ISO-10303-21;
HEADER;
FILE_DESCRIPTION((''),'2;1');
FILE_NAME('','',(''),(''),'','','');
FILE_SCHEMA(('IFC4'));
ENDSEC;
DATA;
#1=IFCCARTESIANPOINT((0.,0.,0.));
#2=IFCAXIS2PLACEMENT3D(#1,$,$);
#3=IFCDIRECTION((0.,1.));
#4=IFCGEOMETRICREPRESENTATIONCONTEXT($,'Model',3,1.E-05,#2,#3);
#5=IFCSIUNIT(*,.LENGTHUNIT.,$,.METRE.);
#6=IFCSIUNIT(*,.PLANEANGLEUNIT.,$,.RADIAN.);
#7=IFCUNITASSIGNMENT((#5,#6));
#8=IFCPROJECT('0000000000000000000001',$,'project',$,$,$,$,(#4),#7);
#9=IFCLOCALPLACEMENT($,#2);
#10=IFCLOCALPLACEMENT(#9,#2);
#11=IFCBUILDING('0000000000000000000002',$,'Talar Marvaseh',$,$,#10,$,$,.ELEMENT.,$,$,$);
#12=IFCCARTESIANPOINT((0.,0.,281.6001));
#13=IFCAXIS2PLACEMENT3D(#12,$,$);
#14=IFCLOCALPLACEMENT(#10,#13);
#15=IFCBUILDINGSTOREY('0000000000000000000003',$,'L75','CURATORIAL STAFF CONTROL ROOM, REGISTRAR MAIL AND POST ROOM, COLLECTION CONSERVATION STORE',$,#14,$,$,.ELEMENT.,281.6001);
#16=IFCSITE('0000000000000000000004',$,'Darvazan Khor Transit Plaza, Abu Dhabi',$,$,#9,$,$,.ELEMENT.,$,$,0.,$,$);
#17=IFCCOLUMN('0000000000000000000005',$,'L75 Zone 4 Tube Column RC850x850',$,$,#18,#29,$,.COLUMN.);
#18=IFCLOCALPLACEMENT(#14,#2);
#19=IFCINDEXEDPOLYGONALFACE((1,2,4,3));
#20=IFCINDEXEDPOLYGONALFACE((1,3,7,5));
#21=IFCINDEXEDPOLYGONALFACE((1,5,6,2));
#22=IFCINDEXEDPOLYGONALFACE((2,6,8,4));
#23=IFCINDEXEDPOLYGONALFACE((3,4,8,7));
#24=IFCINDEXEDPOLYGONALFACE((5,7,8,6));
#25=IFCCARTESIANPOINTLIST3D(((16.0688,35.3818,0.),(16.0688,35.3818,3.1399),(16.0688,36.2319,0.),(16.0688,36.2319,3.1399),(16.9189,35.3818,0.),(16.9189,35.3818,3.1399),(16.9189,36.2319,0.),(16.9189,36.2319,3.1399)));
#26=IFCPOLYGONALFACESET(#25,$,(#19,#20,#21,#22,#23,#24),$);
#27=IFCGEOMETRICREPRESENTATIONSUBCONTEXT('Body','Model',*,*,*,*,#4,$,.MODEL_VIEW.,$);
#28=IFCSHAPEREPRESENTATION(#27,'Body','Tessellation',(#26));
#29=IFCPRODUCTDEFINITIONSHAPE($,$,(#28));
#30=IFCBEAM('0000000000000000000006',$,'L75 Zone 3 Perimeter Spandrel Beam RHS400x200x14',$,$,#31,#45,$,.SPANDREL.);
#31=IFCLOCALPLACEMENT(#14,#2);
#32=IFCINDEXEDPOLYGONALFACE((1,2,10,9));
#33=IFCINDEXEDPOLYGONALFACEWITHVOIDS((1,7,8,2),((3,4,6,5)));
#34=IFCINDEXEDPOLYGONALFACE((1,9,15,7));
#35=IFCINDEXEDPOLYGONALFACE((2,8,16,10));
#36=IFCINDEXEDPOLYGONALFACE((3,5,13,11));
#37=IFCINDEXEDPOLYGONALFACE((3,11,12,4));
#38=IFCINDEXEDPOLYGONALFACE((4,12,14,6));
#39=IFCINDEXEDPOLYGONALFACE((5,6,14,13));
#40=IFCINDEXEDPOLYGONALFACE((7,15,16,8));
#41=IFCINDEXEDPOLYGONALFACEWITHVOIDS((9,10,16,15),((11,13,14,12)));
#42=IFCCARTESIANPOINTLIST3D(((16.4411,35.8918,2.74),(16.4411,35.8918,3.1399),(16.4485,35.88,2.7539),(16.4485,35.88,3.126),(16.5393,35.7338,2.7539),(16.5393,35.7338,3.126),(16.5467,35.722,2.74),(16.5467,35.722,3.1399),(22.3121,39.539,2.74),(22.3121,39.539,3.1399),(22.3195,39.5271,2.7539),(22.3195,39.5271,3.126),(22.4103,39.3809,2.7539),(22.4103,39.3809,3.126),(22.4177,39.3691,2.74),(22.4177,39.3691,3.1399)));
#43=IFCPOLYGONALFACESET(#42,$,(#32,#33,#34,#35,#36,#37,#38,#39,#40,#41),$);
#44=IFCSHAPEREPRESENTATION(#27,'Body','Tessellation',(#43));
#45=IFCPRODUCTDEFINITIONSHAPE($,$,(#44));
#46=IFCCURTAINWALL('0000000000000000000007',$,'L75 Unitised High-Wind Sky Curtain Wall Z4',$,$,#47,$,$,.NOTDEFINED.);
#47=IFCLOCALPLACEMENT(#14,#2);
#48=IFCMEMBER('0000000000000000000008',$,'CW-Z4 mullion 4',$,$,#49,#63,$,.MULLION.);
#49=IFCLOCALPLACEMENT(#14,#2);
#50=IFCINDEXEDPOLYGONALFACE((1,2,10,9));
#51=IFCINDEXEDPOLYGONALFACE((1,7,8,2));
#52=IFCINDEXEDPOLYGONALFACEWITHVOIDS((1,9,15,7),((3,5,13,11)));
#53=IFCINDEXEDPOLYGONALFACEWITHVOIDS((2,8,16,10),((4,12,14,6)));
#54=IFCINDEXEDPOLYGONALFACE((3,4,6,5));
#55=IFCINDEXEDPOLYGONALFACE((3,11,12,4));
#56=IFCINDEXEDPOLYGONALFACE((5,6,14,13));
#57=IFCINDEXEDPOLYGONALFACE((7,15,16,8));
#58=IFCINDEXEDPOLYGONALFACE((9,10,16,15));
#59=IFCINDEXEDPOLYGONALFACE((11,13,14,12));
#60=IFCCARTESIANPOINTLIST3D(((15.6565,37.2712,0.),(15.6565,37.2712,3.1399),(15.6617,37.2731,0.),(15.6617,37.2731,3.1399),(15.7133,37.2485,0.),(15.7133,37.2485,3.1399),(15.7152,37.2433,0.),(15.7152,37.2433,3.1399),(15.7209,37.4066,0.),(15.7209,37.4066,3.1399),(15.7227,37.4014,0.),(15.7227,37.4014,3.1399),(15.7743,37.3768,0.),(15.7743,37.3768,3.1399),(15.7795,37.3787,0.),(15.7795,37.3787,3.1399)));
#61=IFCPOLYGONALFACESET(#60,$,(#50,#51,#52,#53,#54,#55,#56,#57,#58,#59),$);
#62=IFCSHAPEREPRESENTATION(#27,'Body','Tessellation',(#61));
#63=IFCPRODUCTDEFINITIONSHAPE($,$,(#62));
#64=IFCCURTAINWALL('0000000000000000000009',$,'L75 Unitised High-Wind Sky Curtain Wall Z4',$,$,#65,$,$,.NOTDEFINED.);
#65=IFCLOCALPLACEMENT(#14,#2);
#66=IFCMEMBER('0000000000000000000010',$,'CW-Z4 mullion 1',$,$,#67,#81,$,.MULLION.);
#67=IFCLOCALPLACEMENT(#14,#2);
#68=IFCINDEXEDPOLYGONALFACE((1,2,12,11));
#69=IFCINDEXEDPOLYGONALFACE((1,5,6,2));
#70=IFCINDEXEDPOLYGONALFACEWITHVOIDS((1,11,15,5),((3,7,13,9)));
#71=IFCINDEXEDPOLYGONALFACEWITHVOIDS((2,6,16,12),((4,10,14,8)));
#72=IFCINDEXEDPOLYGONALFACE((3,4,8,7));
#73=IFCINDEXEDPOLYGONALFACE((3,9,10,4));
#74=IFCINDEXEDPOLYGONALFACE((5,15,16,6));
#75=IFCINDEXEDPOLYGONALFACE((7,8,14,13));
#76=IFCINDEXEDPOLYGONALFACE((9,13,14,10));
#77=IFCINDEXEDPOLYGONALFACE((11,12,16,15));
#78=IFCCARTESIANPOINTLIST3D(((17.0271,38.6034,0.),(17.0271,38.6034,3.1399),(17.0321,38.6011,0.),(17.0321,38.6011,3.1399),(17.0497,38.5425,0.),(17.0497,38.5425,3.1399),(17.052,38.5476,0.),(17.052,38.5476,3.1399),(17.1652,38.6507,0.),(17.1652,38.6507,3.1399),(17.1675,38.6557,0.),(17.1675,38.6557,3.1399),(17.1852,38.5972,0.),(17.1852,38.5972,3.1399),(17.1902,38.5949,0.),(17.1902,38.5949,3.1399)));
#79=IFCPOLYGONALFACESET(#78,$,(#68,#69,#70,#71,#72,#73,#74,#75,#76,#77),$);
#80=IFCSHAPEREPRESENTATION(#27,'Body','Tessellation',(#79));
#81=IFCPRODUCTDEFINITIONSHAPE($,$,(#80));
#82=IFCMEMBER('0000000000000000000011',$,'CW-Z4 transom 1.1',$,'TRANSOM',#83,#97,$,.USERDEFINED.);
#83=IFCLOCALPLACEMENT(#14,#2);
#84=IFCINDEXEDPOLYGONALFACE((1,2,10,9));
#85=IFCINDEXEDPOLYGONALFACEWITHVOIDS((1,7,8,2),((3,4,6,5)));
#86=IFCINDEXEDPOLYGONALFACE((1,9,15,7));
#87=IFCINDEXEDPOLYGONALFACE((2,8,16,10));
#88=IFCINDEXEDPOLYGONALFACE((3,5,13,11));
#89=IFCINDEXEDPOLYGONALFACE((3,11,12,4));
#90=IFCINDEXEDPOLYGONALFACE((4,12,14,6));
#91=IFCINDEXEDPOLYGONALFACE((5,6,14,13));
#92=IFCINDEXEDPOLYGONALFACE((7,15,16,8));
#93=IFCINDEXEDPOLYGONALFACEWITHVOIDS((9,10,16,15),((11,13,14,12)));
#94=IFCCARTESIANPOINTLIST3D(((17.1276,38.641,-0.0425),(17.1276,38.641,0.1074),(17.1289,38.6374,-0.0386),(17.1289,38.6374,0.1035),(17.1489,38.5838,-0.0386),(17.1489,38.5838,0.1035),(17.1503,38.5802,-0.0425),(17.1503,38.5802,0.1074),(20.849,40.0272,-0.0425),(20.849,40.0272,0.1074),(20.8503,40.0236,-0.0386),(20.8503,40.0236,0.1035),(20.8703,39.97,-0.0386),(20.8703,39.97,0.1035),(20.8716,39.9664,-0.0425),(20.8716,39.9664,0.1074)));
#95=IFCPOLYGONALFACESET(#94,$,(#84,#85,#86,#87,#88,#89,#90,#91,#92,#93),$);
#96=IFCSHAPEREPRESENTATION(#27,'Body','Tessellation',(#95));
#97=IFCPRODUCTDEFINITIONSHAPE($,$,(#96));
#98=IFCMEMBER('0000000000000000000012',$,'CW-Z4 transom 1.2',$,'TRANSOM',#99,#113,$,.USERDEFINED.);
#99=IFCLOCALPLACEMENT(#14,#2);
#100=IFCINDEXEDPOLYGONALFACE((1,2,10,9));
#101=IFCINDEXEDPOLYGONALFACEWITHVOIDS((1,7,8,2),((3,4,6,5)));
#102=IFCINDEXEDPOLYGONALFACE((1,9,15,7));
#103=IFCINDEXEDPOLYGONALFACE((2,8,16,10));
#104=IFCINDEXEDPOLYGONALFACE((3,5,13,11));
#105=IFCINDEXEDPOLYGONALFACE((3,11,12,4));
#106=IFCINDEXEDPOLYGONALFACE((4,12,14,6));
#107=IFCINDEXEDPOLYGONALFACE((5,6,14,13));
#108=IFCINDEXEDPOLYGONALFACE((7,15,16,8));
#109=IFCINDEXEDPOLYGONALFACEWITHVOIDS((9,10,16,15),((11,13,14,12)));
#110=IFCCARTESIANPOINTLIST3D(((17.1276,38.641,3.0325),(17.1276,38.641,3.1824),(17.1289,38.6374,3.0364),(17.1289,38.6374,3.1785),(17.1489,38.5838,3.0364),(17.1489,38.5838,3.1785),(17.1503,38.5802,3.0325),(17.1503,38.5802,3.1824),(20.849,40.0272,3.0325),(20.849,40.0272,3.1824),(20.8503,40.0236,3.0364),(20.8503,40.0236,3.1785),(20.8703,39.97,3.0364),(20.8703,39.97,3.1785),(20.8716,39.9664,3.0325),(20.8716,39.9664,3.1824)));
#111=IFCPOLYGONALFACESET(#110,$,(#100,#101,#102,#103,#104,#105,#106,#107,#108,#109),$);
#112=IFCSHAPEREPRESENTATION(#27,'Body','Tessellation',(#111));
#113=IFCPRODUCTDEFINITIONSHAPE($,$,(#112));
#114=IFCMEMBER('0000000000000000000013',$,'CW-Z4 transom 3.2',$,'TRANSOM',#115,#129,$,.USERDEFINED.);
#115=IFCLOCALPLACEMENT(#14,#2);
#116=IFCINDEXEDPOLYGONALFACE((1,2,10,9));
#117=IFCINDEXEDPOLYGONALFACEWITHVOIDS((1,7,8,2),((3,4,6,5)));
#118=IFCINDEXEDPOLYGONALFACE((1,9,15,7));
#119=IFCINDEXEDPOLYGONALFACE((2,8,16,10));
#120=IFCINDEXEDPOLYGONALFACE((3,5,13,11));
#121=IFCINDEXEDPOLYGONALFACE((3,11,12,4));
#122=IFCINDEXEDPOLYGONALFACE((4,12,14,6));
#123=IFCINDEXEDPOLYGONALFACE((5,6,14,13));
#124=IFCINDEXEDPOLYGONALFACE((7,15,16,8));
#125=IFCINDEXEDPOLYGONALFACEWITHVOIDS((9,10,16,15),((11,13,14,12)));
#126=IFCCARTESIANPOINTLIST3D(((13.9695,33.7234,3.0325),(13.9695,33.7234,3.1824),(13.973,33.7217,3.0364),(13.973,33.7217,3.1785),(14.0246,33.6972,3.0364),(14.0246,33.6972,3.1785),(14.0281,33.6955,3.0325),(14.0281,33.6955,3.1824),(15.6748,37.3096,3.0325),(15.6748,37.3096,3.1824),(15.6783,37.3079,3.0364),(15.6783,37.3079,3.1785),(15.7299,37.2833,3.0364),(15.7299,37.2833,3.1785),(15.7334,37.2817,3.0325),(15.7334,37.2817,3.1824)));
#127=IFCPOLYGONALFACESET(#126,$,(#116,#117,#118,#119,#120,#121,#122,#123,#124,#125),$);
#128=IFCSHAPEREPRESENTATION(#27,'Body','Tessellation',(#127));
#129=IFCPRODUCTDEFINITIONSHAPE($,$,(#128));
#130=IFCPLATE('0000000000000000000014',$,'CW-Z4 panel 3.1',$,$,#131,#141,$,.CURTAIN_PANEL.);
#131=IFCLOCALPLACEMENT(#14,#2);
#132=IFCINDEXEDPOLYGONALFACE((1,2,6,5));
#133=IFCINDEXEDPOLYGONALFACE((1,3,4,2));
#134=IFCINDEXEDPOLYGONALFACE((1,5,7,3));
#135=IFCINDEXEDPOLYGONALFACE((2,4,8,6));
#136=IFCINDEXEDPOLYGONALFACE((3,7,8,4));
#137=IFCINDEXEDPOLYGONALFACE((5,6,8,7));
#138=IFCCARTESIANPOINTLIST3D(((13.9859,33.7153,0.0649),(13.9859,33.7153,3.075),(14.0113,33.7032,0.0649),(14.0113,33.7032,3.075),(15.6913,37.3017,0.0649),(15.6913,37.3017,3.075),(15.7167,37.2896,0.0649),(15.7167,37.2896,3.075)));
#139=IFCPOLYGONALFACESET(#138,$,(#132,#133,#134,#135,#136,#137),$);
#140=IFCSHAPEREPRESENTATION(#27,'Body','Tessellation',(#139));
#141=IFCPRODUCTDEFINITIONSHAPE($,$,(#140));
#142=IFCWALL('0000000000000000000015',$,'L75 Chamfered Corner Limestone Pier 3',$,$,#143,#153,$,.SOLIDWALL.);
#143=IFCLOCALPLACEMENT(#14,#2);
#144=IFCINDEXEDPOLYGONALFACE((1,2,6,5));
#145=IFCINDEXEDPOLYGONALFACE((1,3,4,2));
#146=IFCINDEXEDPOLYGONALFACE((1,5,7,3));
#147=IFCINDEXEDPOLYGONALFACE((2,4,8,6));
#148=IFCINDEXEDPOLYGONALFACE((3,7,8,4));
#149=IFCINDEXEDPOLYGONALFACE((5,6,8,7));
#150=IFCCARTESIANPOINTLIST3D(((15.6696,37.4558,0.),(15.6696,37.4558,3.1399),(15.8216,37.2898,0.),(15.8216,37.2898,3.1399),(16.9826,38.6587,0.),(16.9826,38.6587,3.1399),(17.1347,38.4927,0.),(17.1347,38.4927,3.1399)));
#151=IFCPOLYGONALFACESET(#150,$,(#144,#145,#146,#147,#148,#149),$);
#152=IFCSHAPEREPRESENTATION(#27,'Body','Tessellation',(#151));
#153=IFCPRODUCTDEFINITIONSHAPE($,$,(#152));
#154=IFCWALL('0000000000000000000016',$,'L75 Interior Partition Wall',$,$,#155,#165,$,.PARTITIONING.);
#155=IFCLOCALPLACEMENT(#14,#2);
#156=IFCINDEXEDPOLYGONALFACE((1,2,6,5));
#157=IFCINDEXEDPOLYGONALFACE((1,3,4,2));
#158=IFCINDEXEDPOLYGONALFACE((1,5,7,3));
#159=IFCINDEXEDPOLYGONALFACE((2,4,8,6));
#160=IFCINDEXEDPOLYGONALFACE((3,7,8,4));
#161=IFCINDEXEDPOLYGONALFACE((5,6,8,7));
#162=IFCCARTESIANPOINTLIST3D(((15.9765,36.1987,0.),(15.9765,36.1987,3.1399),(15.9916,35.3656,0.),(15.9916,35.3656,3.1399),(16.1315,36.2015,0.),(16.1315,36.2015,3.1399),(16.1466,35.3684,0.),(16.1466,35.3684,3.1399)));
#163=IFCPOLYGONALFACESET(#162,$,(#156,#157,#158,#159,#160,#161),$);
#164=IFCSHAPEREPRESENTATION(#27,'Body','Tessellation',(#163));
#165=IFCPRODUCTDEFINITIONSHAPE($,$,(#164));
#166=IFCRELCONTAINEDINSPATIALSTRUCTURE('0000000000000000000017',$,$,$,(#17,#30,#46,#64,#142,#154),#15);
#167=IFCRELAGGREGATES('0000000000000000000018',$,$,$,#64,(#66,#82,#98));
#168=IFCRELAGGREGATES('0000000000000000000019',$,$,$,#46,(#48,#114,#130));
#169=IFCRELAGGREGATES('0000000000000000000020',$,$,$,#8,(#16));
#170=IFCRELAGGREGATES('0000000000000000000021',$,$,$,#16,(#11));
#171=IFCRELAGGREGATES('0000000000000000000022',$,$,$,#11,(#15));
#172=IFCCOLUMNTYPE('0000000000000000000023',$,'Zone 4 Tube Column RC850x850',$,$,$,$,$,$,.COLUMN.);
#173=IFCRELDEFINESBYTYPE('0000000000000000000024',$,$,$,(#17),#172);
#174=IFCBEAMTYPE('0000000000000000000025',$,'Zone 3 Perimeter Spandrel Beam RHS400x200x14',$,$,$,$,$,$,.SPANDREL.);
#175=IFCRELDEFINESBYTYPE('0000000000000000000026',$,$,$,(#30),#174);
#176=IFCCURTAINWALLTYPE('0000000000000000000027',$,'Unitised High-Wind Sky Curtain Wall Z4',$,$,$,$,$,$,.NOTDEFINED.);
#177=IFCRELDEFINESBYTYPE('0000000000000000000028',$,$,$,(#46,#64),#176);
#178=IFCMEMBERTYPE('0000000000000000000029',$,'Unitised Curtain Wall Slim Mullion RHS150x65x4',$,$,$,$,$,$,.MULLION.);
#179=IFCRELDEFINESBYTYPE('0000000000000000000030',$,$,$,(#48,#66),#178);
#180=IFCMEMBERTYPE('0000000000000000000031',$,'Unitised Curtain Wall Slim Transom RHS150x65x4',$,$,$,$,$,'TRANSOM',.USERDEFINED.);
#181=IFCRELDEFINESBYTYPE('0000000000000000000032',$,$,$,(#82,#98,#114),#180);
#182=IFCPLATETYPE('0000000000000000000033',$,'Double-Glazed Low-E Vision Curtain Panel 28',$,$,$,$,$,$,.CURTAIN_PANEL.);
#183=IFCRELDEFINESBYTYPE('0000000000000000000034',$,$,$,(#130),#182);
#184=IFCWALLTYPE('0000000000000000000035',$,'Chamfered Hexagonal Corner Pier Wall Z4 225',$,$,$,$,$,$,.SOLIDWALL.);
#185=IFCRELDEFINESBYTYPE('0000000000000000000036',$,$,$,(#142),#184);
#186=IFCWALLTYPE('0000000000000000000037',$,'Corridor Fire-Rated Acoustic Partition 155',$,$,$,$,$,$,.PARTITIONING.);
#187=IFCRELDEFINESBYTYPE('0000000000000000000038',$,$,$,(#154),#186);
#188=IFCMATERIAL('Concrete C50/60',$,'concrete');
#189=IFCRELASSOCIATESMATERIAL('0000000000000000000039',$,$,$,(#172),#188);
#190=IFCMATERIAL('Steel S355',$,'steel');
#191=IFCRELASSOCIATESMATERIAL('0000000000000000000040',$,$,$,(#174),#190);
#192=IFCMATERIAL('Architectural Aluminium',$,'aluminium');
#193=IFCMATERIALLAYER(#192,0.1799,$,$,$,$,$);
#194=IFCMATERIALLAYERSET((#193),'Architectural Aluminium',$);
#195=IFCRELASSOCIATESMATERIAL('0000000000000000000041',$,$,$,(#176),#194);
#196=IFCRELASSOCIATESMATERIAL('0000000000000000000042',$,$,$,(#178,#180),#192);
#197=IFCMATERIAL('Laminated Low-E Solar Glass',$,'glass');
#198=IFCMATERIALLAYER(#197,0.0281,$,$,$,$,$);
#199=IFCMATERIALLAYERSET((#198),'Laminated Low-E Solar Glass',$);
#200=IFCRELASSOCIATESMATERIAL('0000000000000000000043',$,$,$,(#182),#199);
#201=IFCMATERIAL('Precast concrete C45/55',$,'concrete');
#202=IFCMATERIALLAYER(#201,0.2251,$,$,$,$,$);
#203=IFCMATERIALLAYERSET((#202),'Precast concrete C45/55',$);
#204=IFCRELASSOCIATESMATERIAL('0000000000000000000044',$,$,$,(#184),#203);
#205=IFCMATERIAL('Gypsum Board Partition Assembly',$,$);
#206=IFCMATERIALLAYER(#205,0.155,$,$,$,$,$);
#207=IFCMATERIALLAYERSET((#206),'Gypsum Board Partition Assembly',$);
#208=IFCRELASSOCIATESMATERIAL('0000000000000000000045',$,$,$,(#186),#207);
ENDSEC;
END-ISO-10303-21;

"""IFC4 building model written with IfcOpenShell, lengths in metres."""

from ifc_helpers import new_model, si_unit, direction, frame, frame_2d, origin, origin_2d, place, context, subcontext, project, spatial, rectangle, hollow_rectangle, extrude, source, transform, mapped, material, layer, layer_set, material_profile, profile_set, type_object, type_shapes, element, aggregate, save


model = new_model("IFC4")

# Units and contexts
model_context = context("Model", 3, precision=1e-05, world=origin(), true_north=direction((0.0, 1.0)))
body_context = subcontext(model_context, "Body", "Model", "MODEL_VIEW")
ifc_project = project(units=[si_unit("LENGTHUNIT", "METRE"), si_unit("PLANEANGLEUNIT", "RADIAN")], contexts=[model_context])

# Site, building, storey
site_placement = place(None, origin())
site = spatial("IfcSite", under=ifc_project, at=site_placement, Name="Darvazan Khor Transit Plaza, Abu Dhabi", CompositionType="ELEMENT", RefElevation=0.0)
building_placement = place(site_placement, origin())
building = spatial("IfcBuilding", under=site, at=building_placement, Name="Talar Marvaseh", CompositionType="ELEMENT")
storey_placement = place(building_placement, frame((0.0, 0.0, 281.6001)))
storey = spatial("IfcBuildingStorey", under=building, at=storey_placement, Name="L75", Description="CURATORIAL STAFF CONTROL ROOM, REGISTRAR MAIL AND POST ROOM, COLLECTION CONSERVATION STORE", CompositionType="ELEMENT", Elevation=281.6001)

# Column
ifc_material_1 = material(Name="Concrete C50/60", Category="concrete")
ifc_material_profile_1 = material_profile(ifc_material_1, rectangle(XDim=0.8501, YDim=0.8501, at=origin_2d()), Name="RC850x850")
ifc_profile_set_1 = profile_set([ifc_material_profile_1], Name="Concrete C50/60")
column_type = type_object("IfcColumnType", Name="Zone 4 Tube Column RC850x850", PredefinedType="COLUMN", material=ifc_profile_set_1)
column_placement = place(storey_placement, frame((16.4939, 35.8069, 0.0), z_axis=(0.0, 0.0, 1.0), x_axis=(1.0, 0.0, 0.0)))
element("IfcColumn", 1, at=column_placement, inside=storey, type_object=column_type, Name="L75 Zone 4 Tube Column RC850x850", PredefinedType="COLUMN", context=body_context, shape_type="SweptSolid", body=[
    extrude(rectangle(XDim=0.8501, YDim=0.8501, at=origin_2d()), origin(), (0.0, 0.0, 1.0), 3.1399),
])

# Beam
ifc_material_2 = material(Name="Steel S355", Category="steel")
ifc_material_profile_2 = material_profile(ifc_material_2, hollow_rectangle(XDim=0.2, YDim=0.3999, WallThickness=0.0139, at=origin_2d()), Name="RHS400x200x14")
ifc_profile_set_2 = profile_set([ifc_material_profile_2], Name="Steel S355")
beam_type = type_object("IfcBeamType", Name="Zone 3 Perimeter Spandrel Beam RHS400x200x14", PredefinedType="SPANDREL", material=ifc_profile_set_2)
beam_placement = place(storey_placement, frame((16.4939, 35.8069, 2.9399), z_axis=(0.84944, 0.527686, 0.0), x_axis=(-0.527686, 0.84944, 0.0)))
element("IfcBeam", 2, at=beam_placement, inside=storey, type_object=beam_type, Name="L75 Zone 3 Perimeter Spandrel Beam RHS400x200x14", PredefinedType="SPANDREL", context=body_context, shape_type="SweptSolid", body=[
    extrude(hollow_rectangle(XDim=0.2, YDim=0.3999, WallThickness=0.0139, at=origin_2d()), origin(), (0.0, 0.0, 1.0), 6.9116),
])

# Curtain wall, member
ifc_material_3 = material(Name="Architectural Aluminium", Category="aluminium")
ifc_layer_1 = layer(ifc_material_3, 0.1799)
ifc_layer_set_1 = layer_set([ifc_layer_1], Name="Architectural Aluminium")
curtain_wall_type = type_object("IfcCurtainWallType", Name="Unitised High-Wind Sky Curtain Wall Z4", PredefinedType="NOTDEFINED", material=ifc_layer_set_1)
curtain_wall_1_placement = place(storey_placement, origin())
curtain_wall_1 = element("IfcCurtainWall", 3, at=curtain_wall_1_placement, inside=storey, type_object=curtain_wall_type, Name="L75 Unitised High-Wind Sky Curtain Wall Z4", PredefinedType="NOTDEFINED")
ifc_material_profile_3 = material_profile(ifc_material_3, hollow_rectangle(XDim=0.0649, YDim=0.1499, WallThickness=0.0039, at=origin_2d()), Name="RHS150x65x4")
ifc_profile_set_3 = profile_set([ifc_material_profile_3], Name="Architectural Aluminium")
member_type_1 = type_object("IfcMemberType", Name="Unitised Curtain Wall Slim Mullion RHS150x65x4", PredefinedType="MULLION", material=ifc_profile_set_3)
shared_shape_1 = source(origin(), body_context, "Body", "SweptSolid", [
    extrude(hollow_rectangle(XDim=0.0649, YDim=0.1499, WallThickness=0.0039, at=origin_2d()), origin(), (0.0, 0.0, 1.0), 3.1399),
])
type_shapes(member_type_1, [shared_shape_1])
member_1_placement = place(storey_placement, frame((15.718, 37.325, 0.0), z_axis=(0.0, 0.0, 1.0), x_axis=(-0.903096, 0.42944, 0.0)))
member_1 = element("IfcMember", 4, at=member_1_placement, type_object=member_type_1, Name="CW-Z4 mullion 4", PredefinedType="MULLION", context=body_context, shape_type="MappedRepresentation", body=[
    mapped(shared_shape_1, transform((0.0, 0.0, 0.0), x_axis=(1.0, 0.0, 0.0), y_axis=(0.0, 1.0, 0.0), z_axis=(0.0, 0.0, 1.0), scale=1.0)),
])

# Curtain wall, members
curtain_wall_2_placement = place(storey_placement, origin())
curtain_wall_2 = element("IfcCurtainWall", 5, at=curtain_wall_2_placement, inside=storey, type_object=curtain_wall_type, Name="L75 Unitised High-Wind Sky Curtain Wall Z4", PredefinedType="NOTDEFINED")
member_2_placement = place(storey_placement, frame((17.1086, 38.5991, 0.0), z_axis=(0.0, 0.0, 1.0), x_axis=(-0.349094, 0.937088, 0.0)))
member_2 = element("IfcMember", 6, at=member_2_placement, type_object=member_type_1, Name="CW-Z4 mullion 1", PredefinedType="MULLION", context=body_context, shape_type="MappedRepresentation", body=[
    mapped(shared_shape_1, transform((0.0, 0.0, 0.0), x_axis=(1.0, 0.0, 0.0), y_axis=(0.0, 1.0, 0.0), z_axis=(0.0, 0.0, 1.0), scale=1.0)),
])
ifc_material_profile_4 = material_profile(ifc_material_3, hollow_rectangle(XDim=0.0649, YDim=0.1499, WallThickness=0.0039, at=origin_2d()), Name="RHS150x65x4")
ifc_profile_set_4 = profile_set([ifc_material_profile_4], Name="Architectural Aluminium")
member_type_2 = type_object("IfcMemberType", Name="Unitised Curtain Wall Slim Transom RHS150x65x4", ElementType="TRANSOM", PredefinedType="USERDEFINED", material=ifc_profile_set_4)
shared_shape_2 = source(origin(), body_context, "Body", "SweptSolid", [
    extrude(hollow_rectangle(XDim=0.0649, YDim=0.1499, WallThickness=0.0039, at=origin_2d()), origin(), (0.0, 0.0, 1.0), 3.9712),
])
member_3_placement = place(storey_placement, frame((17.1389, 38.6106, 0.0325), z_axis=(0.937097, 0.349068, 0.0), x_axis=(-0.349068, 0.937097, 0.0)))
member_3 = element("IfcMember", 7, at=member_3_placement, type_object=member_type_2, Name="CW-Z4 transom 1.1", ObjectType="TRANSOM", PredefinedType="USERDEFINED", context=body_context, shape_type="MappedRepresentation", body=[
    mapped(shared_shape_2, transform((0.0, 0.0, 0.0), x_axis=(1.0, 0.0, 0.0), y_axis=(0.0, 1.0, 0.0), z_axis=(0.0, 0.0, 1.0), scale=1.0)),
])
member_4_placement = place(storey_placement, frame((17.1389, 38.6106, 3.1074), z_axis=(0.937097, 0.349068, 0.0), x_axis=(-0.349068, 0.937097, 0.0)))
member_4 = element("IfcMember", 8, at=member_4_placement, type_object=member_type_2, Name="CW-Z4 transom 1.2", ObjectType="TRANSOM", PredefinedType="USERDEFINED", context=body_context, shape_type="MappedRepresentation", body=[
    mapped(shared_shape_2, transform((0.0, 0.0, 0.0), x_axis=(1.0, 0.0, 0.0), y_axis=(0.0, 1.0, 0.0), z_axis=(0.0, 0.0, 1.0), scale=1.0)),
])
aggregate(curtain_wall_2, [member_2, member_3, member_4])

# Member
shared_shape_3 = source(origin(), body_context, "Body", "SweptSolid", [
    extrude(hollow_rectangle(XDim=0.0649, YDim=0.1499, WallThickness=0.0039, at=origin_2d()), origin(), (0.0, 0.0, 1.0), 3.9709),
])
type_shapes(member_type_2, [shared_shape_2, shared_shape_3])
member_5_placement = place(storey_placement, frame((13.9988, 33.7095, 3.1074), z_axis=(0.429444, 0.903093, 0.0), x_axis=(-0.903093, 0.429444, 0.0)))
member_5 = element("IfcMember", 9, at=member_5_placement, type_object=member_type_2, Name="CW-Z4 transom 3.2", ObjectType="TRANSOM", PredefinedType="USERDEFINED", context=body_context, shape_type="MappedRepresentation", body=[
    mapped(shared_shape_3, transform((0.0, 0.0, 0.0), x_axis=(1.0, 0.0, 0.0), y_axis=(0.0, 1.0, 0.0), z_axis=(0.0, 0.0, 1.0), scale=1.0)),
])

# Plate
ifc_material_4 = material(Name="Laminated Low-E Solar Glass", Category="glass")
ifc_layer_2 = layer(ifc_material_4, 0.0281)
ifc_layer_set_2 = layer_set([ifc_layer_2], Name="Laminated Low-E Solar Glass")
plate_type = type_object("IfcPlateType", Name="Double-Glazed Low-E Vision Curtain Panel 28", PredefinedType="CURTAIN_PANEL", material=ifc_layer_set_2)
shared_shape_4 = source(origin(), body_context, "Body", "SweptSolid", [
    extrude(rectangle(XDim=3.9712, YDim=0.0281, at=origin_2d()), origin(), (0.0, 0.0, 1.0), 3.01),
])
type_shapes(plate_type, [shared_shape_4])
plate_placement = place(storey_placement, frame((14.8513, 35.5024, 0.0649), z_axis=(0.0, 0.0, 1.0), x_axis=(0.42944, 0.903096, 0.0)))
plate = element("IfcPlate", 10, at=plate_placement, type_object=plate_type, Name="CW-Z4 panel 3.1", PredefinedType="CURTAIN_PANEL", context=body_context, shape_type="MappedRepresentation", body=[
    mapped(shared_shape_4, transform((0.0, 0.0, 0.0), x_axis=(1.0, 0.0, 0.0), y_axis=(0.0, 1.0, 0.0), z_axis=(0.0, 0.0, 1.0), scale=1.0)),
])
aggregate(curtain_wall_1, [member_1, member_5, plate])

# Walls
ifc_material_5 = material(Name="Precast concrete C45/55", Category="concrete")
ifc_layer_3 = layer(ifc_material_5, 0.2251)
ifc_layer_set_3 = layer_set([ifc_layer_3], Name="Precast concrete C45/55")
wall_type_1 = type_object("IfcWallType", Name="Chamfered Hexagonal Corner Pier Wall Z4 225", PredefinedType="SOLIDWALL", material=ifc_layer_set_3)
wall_1_placement = place(storey_placement, frame((15.7456, 37.3728, 0.0), z_axis=(0.0, 0.0, 1.0), x_axis=(0.737348, 0.675514, 0.0)))
element("IfcWall", 11, at=wall_1_placement, inside=storey, type_object=wall_type_1, Name="L75 Chamfered Corner Limestone Pier 3", PredefinedType="SOLIDWALL", context=body_context, shape_type="SweptSolid", body=[
    extrude(rectangle(XDim=1.7808, YDim=0.2251, at=frame_2d((0.8904, 0.0))), origin(), (0.0, 0.0, 1.0), 3.1399),
])
ifc_material_6 = material(Name="Gypsum Board Partition Assembly")
ifc_layer_4 = layer(ifc_material_6, 0.155)
ifc_layer_set_4 = layer_set([ifc_layer_4], Name="Gypsum Board Partition Assembly")
wall_type_2 = type_object("IfcWallType", Name="Corridor Fire-Rated Acoustic Partition 155", PredefinedType="PARTITIONING", material=ifc_layer_set_4)
wall_2_placement = place(storey_placement, frame((16.054, 36.2, 0.0), z_axis=(0.0, 0.0, 1.0), x_axis=(0.018168, -0.999835, 0.0)))
element("IfcWall", 12, at=wall_2_placement, inside=storey, type_object=wall_type_2, Name="L75 Interior Partition Wall", PredefinedType="PARTITIONING", context=body_context, shape_type="SweptSolid", body=[
    extrude(rectangle(XDim=0.8333, YDim=0.155, at=frame_2d((0.4165, 0.0))), origin(), (0.0, 0.0, 1.0), 3.1399),
])

save(model, "model.ifc")
